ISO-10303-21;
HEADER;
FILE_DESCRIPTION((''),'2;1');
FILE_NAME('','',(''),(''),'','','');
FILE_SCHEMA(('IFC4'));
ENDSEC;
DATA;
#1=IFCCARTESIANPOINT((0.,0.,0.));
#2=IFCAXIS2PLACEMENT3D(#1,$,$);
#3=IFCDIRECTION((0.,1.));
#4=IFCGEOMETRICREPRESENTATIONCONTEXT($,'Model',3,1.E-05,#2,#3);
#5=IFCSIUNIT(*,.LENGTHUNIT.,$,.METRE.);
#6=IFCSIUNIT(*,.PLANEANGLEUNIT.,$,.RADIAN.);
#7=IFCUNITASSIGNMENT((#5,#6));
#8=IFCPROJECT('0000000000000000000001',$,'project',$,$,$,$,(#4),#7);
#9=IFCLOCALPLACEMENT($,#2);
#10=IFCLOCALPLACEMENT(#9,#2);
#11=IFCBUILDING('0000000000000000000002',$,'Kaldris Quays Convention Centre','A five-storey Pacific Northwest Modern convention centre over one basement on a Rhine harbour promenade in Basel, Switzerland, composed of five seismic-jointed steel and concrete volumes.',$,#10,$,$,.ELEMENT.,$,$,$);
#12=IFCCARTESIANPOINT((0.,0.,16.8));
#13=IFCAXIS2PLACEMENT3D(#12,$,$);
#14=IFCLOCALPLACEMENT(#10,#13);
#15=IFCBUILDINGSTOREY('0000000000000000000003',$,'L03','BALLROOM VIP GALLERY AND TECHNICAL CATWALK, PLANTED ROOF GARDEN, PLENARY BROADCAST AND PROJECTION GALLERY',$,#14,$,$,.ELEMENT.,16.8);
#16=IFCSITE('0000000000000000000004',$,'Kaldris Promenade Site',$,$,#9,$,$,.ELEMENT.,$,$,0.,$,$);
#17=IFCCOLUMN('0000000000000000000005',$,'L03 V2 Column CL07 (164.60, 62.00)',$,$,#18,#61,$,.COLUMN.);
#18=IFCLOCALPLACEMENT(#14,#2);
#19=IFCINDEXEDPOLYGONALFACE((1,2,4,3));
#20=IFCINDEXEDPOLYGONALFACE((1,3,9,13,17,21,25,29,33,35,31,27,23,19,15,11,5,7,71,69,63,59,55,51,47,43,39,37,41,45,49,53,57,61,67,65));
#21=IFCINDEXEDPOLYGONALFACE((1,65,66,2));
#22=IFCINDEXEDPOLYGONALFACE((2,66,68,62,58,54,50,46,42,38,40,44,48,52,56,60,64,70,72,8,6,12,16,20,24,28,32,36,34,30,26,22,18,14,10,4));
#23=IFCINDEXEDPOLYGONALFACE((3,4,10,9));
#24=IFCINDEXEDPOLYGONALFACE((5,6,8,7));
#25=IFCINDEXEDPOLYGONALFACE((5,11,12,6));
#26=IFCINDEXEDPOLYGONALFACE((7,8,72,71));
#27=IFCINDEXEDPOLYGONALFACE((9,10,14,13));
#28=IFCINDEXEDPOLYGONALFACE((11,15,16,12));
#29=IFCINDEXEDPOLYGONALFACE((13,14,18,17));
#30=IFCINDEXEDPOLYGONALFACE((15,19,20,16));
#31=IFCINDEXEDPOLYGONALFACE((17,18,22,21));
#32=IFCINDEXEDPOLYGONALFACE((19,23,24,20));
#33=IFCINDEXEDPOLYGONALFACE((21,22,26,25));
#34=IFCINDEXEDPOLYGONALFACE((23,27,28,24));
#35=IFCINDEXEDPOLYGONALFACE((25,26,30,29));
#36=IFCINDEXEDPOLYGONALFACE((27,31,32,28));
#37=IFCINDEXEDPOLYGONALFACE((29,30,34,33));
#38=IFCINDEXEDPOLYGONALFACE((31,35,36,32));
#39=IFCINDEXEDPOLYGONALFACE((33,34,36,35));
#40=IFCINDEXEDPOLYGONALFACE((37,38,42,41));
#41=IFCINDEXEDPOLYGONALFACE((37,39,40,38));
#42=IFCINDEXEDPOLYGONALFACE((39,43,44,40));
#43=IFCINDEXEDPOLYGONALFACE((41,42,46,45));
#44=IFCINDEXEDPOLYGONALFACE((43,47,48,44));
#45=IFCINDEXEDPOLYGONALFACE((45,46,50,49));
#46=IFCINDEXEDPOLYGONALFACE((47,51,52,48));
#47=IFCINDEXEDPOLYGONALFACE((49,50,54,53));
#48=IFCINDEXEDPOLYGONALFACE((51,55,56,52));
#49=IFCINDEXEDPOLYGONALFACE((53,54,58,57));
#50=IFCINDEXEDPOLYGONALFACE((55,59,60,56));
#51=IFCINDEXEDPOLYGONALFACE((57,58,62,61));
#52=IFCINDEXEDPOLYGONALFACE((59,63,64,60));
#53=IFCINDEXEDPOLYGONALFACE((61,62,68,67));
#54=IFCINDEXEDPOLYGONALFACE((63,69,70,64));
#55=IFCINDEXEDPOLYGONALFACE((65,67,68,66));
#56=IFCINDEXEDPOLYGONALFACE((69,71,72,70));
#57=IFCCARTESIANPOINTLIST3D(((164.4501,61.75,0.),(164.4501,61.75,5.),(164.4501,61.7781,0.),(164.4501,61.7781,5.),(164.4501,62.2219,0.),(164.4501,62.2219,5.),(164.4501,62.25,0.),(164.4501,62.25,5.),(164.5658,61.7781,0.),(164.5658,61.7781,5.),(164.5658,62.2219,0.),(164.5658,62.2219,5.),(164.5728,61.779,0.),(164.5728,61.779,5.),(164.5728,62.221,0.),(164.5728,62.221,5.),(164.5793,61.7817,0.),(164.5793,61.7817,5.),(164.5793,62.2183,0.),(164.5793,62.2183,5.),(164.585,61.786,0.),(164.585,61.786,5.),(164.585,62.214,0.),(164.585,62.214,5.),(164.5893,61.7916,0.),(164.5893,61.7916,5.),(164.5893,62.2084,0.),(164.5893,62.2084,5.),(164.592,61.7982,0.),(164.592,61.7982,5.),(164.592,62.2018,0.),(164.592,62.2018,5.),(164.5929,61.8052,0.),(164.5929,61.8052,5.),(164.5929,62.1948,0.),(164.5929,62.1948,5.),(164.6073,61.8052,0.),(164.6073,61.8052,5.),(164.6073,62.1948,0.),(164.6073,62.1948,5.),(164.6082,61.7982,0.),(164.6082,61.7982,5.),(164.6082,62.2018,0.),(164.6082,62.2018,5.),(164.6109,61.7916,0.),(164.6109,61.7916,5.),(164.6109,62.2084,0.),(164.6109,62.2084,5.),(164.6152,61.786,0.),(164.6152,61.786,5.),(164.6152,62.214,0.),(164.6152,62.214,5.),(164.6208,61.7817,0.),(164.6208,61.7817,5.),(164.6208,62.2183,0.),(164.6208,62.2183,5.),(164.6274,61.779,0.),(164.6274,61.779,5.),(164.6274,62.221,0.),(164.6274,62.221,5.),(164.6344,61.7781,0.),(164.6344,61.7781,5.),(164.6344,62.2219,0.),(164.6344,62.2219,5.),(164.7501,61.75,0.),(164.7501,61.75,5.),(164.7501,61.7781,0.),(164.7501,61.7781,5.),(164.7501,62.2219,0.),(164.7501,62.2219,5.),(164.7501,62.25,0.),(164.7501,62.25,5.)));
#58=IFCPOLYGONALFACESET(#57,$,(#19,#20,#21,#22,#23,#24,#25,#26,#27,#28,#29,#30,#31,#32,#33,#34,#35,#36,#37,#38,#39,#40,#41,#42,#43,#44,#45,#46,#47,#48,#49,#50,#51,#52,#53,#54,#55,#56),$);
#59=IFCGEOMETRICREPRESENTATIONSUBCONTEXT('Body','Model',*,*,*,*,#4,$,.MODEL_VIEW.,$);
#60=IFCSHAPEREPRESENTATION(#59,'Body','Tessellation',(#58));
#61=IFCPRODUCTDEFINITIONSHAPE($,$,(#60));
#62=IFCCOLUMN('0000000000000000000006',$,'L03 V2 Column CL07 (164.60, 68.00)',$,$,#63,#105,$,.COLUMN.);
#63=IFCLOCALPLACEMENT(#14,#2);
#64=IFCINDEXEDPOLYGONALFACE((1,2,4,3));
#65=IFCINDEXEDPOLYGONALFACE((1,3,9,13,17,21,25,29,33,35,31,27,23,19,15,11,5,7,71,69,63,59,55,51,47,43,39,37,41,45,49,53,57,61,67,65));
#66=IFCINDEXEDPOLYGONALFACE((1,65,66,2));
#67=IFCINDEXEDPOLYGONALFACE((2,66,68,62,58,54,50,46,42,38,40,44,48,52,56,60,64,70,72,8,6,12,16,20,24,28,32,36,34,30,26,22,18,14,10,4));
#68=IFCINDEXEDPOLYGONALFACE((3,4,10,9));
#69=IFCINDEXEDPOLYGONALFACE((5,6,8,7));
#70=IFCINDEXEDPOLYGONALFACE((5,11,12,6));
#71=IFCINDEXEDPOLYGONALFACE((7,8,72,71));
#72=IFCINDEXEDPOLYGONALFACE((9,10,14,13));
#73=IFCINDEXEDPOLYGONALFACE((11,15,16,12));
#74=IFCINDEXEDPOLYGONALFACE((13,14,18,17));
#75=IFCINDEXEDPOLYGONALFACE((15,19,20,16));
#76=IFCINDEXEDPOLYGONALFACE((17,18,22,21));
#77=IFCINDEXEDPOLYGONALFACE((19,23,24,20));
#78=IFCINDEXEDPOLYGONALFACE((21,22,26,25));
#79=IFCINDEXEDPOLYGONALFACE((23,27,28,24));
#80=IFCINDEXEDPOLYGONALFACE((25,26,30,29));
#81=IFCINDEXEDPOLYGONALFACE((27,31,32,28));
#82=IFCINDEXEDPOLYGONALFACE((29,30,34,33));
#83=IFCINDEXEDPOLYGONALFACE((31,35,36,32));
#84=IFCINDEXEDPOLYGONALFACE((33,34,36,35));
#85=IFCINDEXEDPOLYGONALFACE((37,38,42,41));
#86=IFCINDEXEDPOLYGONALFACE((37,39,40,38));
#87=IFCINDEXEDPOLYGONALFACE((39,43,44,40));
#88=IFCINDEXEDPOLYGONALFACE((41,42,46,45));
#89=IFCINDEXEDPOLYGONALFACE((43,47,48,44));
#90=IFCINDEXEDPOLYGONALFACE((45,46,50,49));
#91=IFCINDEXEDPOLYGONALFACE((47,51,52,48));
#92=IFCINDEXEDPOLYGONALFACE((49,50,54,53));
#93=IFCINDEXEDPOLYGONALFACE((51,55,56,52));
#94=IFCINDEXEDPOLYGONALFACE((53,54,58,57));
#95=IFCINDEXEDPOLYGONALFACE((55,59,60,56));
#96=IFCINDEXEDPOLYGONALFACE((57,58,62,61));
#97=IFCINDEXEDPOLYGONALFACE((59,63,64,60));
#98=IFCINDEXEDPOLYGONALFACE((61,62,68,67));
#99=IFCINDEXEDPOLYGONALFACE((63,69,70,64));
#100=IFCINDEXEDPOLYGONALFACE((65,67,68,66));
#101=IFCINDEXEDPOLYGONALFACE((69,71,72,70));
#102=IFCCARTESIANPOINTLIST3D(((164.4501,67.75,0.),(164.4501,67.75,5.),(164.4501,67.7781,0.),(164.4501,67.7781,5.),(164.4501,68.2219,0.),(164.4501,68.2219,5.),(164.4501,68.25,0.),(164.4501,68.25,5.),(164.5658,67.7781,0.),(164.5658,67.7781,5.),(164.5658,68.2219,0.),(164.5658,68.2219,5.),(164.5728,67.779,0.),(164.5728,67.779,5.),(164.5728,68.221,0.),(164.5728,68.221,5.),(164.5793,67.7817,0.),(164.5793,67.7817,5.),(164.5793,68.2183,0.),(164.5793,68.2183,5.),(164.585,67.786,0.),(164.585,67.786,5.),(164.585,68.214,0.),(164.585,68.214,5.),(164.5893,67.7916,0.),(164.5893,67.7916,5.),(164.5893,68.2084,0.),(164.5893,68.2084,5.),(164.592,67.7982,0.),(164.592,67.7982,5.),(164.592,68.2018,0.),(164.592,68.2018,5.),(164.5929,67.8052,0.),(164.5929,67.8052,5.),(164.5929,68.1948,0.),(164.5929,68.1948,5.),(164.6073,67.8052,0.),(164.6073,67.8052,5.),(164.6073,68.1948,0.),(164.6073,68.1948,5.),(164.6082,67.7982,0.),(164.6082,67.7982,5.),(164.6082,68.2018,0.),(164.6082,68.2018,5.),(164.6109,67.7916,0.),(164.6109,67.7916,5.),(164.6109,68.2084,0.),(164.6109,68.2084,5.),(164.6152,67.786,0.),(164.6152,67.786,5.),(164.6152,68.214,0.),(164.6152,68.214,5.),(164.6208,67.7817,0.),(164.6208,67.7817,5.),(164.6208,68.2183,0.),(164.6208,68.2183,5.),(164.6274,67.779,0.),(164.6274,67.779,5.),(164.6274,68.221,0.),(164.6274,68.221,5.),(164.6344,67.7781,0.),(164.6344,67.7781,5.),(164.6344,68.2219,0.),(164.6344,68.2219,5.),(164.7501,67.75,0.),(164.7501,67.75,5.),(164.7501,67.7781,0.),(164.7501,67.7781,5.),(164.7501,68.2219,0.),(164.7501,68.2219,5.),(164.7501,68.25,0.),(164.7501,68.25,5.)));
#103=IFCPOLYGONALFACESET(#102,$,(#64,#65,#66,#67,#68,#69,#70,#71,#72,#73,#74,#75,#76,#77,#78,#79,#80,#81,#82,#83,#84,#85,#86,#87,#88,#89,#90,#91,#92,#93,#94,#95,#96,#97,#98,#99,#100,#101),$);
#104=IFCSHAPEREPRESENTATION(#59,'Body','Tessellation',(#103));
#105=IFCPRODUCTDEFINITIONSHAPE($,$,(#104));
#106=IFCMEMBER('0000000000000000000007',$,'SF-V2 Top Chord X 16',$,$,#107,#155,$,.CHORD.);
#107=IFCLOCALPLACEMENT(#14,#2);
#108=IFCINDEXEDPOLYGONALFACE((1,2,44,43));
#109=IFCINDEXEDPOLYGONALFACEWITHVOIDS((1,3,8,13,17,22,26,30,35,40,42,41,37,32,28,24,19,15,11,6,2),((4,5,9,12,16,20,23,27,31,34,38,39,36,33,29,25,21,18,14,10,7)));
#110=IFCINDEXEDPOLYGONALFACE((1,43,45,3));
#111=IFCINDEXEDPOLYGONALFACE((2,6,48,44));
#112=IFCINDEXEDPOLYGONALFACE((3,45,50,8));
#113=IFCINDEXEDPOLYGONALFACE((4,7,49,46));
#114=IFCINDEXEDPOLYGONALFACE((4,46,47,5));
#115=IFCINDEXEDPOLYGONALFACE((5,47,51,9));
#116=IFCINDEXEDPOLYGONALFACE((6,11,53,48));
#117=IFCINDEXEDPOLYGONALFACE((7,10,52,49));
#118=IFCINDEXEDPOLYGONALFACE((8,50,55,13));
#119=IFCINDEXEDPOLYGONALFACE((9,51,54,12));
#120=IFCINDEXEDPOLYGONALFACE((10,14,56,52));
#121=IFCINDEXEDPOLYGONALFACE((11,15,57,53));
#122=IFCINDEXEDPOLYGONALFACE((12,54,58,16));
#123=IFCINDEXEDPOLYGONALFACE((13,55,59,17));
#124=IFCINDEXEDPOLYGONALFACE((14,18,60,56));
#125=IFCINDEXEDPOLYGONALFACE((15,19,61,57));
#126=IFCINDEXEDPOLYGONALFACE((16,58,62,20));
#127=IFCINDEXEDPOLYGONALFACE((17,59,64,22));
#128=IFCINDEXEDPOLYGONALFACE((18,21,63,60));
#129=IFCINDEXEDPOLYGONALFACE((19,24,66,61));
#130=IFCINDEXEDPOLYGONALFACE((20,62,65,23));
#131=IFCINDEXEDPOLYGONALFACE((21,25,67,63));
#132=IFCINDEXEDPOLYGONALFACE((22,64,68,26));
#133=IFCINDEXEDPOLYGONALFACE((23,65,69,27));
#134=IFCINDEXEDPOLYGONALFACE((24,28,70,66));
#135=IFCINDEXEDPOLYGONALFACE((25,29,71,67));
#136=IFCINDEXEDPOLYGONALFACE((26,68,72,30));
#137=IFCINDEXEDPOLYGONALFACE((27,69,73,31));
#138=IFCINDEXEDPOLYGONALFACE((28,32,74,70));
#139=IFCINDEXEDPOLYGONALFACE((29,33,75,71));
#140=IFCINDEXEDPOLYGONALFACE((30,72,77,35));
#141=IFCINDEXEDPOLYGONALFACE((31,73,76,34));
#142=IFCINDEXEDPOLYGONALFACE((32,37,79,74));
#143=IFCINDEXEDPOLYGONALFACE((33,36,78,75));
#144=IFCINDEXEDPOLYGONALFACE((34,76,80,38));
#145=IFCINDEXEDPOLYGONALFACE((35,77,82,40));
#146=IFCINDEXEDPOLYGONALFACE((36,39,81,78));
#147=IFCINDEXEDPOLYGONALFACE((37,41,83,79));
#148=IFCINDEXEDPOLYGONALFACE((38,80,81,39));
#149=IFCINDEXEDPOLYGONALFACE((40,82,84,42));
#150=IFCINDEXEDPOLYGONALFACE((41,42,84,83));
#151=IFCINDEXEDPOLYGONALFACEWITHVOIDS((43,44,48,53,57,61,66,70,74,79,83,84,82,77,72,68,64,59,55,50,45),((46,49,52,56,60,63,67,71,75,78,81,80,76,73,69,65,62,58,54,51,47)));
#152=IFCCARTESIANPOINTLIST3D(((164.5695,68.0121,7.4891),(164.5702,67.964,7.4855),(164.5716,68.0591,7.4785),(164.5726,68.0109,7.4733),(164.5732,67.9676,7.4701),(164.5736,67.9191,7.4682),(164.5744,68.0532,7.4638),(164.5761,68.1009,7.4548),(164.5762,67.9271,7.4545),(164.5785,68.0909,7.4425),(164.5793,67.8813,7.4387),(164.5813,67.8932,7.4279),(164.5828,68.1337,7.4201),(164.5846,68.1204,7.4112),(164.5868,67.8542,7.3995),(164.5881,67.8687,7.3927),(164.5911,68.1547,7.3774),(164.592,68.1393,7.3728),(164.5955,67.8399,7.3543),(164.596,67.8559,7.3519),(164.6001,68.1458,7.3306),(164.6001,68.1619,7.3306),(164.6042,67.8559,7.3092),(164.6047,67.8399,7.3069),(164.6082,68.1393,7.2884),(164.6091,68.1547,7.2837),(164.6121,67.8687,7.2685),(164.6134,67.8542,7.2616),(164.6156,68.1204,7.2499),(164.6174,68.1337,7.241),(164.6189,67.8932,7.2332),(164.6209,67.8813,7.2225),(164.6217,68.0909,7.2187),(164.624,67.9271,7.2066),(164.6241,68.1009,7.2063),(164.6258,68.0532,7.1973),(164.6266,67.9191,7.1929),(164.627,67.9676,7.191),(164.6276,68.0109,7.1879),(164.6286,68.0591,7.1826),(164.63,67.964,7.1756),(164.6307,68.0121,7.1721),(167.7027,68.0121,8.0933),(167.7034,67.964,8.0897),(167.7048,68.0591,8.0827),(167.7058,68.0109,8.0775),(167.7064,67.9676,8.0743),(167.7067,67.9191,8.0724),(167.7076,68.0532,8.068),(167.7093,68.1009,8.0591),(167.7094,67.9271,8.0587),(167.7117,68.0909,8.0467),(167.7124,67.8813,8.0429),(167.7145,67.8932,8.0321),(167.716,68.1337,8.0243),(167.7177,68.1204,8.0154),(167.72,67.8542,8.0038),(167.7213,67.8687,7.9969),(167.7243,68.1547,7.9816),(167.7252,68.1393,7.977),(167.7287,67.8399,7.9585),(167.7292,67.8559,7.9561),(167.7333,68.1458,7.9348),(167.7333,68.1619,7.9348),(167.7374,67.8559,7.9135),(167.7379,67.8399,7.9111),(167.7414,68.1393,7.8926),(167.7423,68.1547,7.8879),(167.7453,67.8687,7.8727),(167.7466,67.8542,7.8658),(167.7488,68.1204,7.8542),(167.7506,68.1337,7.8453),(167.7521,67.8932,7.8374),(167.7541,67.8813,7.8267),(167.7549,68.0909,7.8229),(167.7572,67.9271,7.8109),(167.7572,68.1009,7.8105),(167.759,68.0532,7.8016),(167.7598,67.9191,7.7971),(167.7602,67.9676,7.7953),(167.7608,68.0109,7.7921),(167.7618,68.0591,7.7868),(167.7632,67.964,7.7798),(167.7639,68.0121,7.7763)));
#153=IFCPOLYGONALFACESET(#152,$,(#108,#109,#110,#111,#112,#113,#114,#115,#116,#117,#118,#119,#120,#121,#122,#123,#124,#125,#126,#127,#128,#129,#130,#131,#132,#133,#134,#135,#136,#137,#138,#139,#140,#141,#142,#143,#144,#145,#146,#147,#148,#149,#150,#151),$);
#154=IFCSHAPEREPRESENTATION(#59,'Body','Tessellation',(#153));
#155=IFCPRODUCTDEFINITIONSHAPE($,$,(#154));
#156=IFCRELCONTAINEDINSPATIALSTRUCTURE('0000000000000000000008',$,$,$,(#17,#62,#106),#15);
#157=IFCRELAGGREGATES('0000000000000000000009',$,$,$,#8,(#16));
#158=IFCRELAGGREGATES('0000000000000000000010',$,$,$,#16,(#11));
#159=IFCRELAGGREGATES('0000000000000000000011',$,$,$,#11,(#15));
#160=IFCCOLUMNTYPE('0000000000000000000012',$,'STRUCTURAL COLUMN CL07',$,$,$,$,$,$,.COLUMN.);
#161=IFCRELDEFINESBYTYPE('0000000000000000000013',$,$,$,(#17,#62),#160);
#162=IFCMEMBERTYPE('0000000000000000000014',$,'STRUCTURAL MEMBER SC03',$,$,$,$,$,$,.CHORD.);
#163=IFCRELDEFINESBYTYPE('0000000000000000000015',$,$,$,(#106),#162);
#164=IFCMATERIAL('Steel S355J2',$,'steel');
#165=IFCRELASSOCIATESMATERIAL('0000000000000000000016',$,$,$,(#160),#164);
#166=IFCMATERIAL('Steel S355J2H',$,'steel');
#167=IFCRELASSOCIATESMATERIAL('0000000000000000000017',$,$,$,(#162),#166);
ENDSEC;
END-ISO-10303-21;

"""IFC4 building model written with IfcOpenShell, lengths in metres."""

from ifc_helpers import new_model, si_unit, direction, frame, origin, origin_2d, place, context, subcontext, project, spatial, hollow_circle, i_section, extrude, material, material_profile, profile_set, type_object, element, save


model = new_model("IFC4")

# Units and contexts
model_context = context("Model", 3, precision=1e-05, world=origin(), true_north=direction((0.0, 1.0)))
body_context = subcontext(model_context, "Body", "Model", "MODEL_VIEW")
ifc_project = project(units=[si_unit("LENGTHUNIT", "METRE"), si_unit("PLANEANGLEUNIT", "RADIAN")], contexts=[model_context])

# Site, building, storey
site_placement = place(None, origin())
site = spatial("IfcSite", under=ifc_project, at=site_placement, Name="Kaldris Promenade Site", CompositionType="ELEMENT", RefElevation=0.0)
building_placement = place(site_placement, origin())
building = spatial("IfcBuilding", under=site, at=building_placement, Name="Kaldris Quays Convention Centre", Description="A five-storey Pacific Northwest Modern convention centre over one basement on a Rhine harbour promenade in Basel, Switzerland, composed of five seismic-jointed steel and concrete volumes.", CompositionType="ELEMENT")
storey_placement = place(building_placement, frame((0.0, 0.0, 16.8)))
storey = spatial("IfcBuildingStorey", under=building, at=storey_placement, Name="L03", Description="BALLROOM VIP GALLERY AND TECHNICAL CATWALK, PLANTED ROOF GARDEN, PLENARY BROADCAST AND PROJECTION GALLERY", CompositionType="ELEMENT", Elevation=16.8)

# Columns
ifc_material_1 = material(Name="Steel S355J2", Category="steel")
ifc_material_profile_1 = material_profile(ifc_material_1, i_section(OverallWidth=0.3, OverallDepth=0.5, WebThickness=0.0144, FlangeThickness=0.0281, FilletRadius=0.0271, at=origin_2d()), Name="HEB 500")
ifc_profile_set_1 = profile_set([ifc_material_profile_1], Name="Steel S355J2")
column_type = type_object("IfcColumnType", Name="STRUCTURAL COLUMN CL07", PredefinedType="COLUMN", material=ifc_profile_set_1)
for number, where, z_axis, x_axis, name in (
    (1, (164.6001, 62.0, 0.0), (0.0, 0.0, 1.0), (1.0, 0.0, 0.0), "L03 V2 Column CL07 (164.60, 62.00)"),
    (2, (164.6001, 68.0, 0.0), (0.0, 0.0, 1.0), (1.0, 0.0, 0.0), "L03 V2 Column CL07 (164.60, 68.00)"),
):
    element("IfcColumn", number, at=place(storey_placement, frame(where, z_axis=z_axis, x_axis=x_axis)), inside=storey, type_object=column_type, Name=name, PredefinedType="COLUMN", context=body_context, shape_type="SweptSolid", body=[
        extrude(i_section(OverallWidth=0.3, OverallDepth=0.5, WebThickness=0.0144, FlangeThickness=0.0281, FilletRadius=0.0271, at=origin_2d()), origin(), (0.0, 0.0, 1.0), 5.0),
    ])

# Member
ifc_material_2 = material(Name="Steel S355J2H", Category="steel")
ifc_material_profile_2 = material_profile(ifc_material_2, hollow_circle(Radius=0.1619, WallThickness=0.0161, at=origin_2d()), Name="CHS 323.9x16")
ifc_profile_set_2 = profile_set([ifc_material_profile_2], Name="Steel S355J2H")
member_type_1 = type_object("IfcMemberType", Name="STRUCTURAL MEMBER SC03", PredefinedType="CHORD", material=ifc_profile_set_2)
member_1_placement = place(storey_placement, frame((164.6001, 68.0, 7.3306), z_axis=(0.981908, 0.0, 0.189358), x_axis=(0.0, 1.0, 0.0)))
element("IfcMember", 3, at=member_1_placement, inside=storey, type_object=member_type_1, Name="SF-V2 Top Chord X 16", PredefinedType="CHORD", context=body_context, shape_type="SweptSolid", body=[
    extrude(hollow_circle(Radius=0.1619, WallThickness=0.0161, at=origin_2d()), origin(), (0.0, 0.0, 1.0), 3.1909),
])

save(model, "model.ifc")
